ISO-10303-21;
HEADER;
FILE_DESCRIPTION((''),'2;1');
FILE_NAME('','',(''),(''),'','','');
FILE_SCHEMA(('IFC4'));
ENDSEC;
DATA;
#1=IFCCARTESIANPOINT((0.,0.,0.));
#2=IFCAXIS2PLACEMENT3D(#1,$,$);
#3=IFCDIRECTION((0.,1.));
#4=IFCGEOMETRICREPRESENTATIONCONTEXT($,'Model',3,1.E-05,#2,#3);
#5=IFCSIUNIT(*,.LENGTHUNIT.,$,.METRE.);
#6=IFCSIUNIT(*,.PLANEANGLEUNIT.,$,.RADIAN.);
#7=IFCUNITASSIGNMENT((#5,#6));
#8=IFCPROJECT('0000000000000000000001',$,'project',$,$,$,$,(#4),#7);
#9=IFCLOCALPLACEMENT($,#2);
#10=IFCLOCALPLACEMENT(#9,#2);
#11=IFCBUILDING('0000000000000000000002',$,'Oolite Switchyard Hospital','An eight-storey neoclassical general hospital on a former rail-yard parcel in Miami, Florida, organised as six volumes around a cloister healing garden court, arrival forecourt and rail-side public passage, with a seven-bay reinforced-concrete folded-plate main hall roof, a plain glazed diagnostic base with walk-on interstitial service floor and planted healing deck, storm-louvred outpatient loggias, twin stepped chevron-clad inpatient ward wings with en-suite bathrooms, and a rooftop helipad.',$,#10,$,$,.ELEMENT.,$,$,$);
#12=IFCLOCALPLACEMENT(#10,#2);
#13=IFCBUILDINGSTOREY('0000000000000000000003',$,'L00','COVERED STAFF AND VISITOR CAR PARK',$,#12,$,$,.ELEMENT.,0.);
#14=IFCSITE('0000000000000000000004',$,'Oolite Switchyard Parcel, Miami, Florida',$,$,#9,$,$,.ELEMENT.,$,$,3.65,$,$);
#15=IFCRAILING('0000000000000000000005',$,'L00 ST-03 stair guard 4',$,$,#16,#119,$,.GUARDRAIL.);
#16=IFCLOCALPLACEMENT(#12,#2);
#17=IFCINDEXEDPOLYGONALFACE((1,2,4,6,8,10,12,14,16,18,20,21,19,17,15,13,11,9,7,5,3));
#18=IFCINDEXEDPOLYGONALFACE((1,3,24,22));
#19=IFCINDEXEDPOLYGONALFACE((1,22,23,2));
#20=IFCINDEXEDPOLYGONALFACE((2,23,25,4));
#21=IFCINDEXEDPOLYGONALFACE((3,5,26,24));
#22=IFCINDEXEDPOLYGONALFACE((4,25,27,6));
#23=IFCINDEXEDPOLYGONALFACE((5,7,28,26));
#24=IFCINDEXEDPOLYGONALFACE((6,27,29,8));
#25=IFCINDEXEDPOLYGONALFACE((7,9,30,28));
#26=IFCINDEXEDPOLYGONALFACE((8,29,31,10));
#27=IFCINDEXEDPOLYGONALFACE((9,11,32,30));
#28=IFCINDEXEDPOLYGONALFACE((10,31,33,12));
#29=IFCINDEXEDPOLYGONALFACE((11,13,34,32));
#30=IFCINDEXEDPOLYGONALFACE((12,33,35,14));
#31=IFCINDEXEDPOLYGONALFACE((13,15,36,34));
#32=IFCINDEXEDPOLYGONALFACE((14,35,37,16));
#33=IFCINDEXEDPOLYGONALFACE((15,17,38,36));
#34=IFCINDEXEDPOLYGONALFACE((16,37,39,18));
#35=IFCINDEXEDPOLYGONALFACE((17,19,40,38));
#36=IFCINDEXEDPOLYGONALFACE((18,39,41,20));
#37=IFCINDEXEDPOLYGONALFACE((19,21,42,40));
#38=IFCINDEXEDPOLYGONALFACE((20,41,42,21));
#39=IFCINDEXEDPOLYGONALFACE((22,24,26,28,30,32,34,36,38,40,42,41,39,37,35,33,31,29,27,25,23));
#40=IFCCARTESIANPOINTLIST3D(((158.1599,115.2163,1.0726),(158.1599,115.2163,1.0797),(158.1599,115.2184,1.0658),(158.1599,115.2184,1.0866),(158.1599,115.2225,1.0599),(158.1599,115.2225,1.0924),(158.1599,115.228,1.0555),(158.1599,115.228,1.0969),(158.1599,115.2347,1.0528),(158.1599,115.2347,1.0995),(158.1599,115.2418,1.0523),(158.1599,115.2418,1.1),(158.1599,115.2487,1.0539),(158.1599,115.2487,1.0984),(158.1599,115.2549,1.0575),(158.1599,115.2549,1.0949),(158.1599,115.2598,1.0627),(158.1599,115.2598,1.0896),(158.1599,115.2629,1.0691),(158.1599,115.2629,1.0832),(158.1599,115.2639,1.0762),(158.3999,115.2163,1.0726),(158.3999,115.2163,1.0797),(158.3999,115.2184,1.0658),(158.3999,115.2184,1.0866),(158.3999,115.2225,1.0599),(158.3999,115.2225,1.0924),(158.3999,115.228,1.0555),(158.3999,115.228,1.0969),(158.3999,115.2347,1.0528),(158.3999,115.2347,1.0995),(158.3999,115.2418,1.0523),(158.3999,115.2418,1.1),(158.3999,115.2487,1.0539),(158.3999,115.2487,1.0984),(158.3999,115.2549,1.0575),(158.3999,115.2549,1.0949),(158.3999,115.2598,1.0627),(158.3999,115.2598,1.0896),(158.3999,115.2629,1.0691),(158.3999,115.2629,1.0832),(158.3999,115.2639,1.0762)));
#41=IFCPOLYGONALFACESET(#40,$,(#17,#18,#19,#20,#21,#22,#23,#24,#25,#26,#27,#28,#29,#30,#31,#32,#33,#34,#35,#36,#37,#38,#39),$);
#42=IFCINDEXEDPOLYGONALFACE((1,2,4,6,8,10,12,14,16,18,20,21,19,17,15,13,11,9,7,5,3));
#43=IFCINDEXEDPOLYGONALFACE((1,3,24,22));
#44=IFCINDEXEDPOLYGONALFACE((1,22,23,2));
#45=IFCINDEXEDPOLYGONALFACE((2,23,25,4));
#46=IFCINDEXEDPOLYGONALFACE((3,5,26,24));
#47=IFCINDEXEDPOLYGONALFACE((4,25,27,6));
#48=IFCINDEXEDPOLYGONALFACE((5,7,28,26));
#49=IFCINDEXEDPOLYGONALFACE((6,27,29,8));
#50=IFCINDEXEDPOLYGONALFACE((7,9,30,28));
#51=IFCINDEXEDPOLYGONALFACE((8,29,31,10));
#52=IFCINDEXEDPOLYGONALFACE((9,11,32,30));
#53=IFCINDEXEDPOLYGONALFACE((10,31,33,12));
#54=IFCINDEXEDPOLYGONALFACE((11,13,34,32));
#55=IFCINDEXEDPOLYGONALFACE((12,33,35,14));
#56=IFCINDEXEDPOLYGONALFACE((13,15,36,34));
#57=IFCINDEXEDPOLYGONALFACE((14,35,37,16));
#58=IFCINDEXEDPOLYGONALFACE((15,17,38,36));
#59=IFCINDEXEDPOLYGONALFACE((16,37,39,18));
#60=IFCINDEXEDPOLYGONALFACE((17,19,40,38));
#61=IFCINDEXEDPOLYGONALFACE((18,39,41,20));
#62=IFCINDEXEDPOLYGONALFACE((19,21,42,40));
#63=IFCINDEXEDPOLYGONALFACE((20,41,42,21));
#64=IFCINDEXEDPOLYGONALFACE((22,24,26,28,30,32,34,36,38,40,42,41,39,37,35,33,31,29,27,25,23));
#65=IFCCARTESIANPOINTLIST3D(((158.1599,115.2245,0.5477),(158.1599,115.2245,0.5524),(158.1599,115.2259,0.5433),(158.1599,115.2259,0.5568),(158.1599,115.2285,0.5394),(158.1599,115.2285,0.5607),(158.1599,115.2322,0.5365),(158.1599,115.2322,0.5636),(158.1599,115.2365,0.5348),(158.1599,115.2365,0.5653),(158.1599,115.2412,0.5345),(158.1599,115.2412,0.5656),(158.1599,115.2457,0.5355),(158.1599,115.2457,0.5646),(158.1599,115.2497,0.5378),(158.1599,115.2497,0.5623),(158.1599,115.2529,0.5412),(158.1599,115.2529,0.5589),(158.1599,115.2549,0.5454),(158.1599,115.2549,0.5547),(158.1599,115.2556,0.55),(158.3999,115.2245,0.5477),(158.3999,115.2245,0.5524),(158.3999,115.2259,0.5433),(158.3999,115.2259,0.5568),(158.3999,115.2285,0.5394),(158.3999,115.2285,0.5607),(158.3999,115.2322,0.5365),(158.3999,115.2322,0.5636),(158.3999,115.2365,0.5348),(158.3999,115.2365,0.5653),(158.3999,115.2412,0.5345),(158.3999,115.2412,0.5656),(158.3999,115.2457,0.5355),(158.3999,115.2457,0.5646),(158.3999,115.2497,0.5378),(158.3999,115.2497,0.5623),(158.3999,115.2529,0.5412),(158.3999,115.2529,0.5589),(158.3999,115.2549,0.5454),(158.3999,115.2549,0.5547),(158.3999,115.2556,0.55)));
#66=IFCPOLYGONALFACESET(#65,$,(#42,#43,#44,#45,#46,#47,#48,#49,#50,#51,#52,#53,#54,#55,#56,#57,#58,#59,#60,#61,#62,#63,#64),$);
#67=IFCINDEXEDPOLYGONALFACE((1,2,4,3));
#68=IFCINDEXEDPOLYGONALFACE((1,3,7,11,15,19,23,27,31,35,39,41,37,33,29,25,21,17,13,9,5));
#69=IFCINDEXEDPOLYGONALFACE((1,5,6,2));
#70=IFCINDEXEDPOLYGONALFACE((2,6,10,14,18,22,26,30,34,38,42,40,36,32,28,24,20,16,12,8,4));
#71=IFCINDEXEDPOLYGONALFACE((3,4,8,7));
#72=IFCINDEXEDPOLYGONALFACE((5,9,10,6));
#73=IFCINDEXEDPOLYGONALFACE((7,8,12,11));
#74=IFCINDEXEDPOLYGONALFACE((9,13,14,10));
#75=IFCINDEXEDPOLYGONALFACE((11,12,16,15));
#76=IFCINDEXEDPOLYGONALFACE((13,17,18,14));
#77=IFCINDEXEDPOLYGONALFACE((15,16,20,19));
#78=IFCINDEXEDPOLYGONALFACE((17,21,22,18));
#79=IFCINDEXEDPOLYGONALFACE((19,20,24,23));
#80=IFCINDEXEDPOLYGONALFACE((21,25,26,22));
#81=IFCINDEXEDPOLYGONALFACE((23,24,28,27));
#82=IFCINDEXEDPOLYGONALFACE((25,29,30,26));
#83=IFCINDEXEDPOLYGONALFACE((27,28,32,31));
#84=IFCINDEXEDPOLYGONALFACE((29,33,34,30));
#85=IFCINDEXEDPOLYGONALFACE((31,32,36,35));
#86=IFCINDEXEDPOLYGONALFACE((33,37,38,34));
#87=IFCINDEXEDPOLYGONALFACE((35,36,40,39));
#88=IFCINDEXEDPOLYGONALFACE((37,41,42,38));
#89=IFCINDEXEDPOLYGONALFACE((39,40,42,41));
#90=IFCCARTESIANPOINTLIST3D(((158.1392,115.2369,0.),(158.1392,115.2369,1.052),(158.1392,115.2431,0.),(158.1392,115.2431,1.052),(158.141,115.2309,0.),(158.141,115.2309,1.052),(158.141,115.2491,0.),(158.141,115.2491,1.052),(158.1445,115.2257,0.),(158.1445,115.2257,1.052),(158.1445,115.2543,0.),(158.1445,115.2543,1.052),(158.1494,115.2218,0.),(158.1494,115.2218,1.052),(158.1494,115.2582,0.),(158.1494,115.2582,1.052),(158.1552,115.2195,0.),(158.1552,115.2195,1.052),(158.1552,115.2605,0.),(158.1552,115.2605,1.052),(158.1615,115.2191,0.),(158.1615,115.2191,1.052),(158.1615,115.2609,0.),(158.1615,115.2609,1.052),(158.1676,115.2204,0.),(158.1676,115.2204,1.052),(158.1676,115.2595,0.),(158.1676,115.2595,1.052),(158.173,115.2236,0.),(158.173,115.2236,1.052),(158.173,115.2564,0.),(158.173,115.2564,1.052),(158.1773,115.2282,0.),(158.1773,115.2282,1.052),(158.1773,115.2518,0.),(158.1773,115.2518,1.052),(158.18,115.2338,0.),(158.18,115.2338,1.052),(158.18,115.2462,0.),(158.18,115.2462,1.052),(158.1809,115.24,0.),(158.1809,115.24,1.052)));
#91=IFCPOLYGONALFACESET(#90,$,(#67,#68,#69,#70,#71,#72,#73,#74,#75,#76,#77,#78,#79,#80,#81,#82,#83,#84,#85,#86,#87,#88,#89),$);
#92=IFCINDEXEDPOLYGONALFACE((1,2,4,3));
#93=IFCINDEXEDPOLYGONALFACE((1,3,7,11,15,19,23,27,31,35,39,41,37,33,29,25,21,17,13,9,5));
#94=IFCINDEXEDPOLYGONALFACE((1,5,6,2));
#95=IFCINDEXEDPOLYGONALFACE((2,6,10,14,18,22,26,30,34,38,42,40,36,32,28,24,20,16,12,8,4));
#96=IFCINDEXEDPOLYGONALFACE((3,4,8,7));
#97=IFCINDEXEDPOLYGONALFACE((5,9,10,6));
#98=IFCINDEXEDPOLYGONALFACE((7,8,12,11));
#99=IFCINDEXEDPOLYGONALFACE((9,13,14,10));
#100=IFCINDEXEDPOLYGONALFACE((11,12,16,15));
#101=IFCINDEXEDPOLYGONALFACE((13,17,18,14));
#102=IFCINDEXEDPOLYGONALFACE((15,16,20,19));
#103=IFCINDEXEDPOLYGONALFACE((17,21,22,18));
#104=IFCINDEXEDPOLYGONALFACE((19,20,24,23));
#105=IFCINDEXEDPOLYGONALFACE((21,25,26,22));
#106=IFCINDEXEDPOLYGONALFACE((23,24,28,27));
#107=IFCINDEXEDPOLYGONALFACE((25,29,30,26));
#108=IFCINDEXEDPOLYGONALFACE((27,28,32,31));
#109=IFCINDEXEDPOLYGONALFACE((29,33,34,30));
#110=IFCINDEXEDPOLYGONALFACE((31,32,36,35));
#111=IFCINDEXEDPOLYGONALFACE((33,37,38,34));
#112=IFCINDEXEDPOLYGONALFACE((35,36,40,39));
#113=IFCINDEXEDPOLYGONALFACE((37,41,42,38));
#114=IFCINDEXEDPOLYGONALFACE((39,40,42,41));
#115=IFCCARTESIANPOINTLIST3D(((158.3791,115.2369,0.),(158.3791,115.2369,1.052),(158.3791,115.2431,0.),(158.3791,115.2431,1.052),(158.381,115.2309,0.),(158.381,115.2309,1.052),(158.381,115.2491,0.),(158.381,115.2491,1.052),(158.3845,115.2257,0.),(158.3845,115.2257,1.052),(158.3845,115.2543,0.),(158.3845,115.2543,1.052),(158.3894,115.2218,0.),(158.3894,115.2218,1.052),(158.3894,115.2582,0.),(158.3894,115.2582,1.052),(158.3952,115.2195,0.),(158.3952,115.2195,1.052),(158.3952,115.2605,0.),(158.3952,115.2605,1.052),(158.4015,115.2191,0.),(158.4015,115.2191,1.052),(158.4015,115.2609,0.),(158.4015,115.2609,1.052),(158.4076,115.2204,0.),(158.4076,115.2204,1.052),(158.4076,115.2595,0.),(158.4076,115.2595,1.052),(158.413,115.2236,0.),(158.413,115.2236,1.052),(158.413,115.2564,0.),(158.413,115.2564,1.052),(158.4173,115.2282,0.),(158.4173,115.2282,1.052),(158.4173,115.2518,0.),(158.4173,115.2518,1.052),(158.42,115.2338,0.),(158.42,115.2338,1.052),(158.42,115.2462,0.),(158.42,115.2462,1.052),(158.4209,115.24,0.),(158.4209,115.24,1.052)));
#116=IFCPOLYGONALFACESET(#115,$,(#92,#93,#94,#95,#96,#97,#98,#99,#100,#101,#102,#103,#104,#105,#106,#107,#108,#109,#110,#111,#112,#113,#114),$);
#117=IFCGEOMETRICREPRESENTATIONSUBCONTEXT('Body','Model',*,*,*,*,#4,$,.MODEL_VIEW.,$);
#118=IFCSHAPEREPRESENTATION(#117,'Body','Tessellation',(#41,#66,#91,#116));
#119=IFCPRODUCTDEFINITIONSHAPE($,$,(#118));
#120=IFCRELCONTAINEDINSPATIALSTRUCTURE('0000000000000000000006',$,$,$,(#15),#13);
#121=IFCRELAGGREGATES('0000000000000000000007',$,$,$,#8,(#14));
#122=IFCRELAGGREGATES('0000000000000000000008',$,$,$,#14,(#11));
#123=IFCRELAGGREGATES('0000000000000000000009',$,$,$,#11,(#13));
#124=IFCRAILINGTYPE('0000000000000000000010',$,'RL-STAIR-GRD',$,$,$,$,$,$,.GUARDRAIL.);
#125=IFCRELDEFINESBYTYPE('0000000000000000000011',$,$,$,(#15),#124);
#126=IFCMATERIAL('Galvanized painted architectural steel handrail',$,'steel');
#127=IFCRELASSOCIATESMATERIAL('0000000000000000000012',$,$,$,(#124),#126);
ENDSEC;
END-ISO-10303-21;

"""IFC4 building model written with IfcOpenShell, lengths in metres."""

from ifc_helpers import new_model, si_unit, direction, frame, origin, origin_2d, place, context, subcontext, project, spatial, circle, extrude, material, type_object, element, save


model = new_model("IFC4")

# Units and contexts
model_context = context("Model", 3, precision=1e-05, world=origin(), true_north=direction((0.0, 1.0)))
body_context = subcontext(model_context, "Body", "Model", "MODEL_VIEW")
ifc_project = project(units=[si_unit("LENGTHUNIT", "METRE"), si_unit("PLANEANGLEUNIT", "RADIAN")], contexts=[model_context])

# Site, building, storey
site_placement = place(None, origin())
site = spatial("IfcSite", under=ifc_project, at=site_placement, Name="Oolite Switchyard Parcel, Miami, Florida", CompositionType="ELEMENT", RefElevation=3.65)
building_placement = place(site_placement, origin())
building = spatial("IfcBuilding", under=site, at=building_placement, Name="Oolite Switchyard Hospital", Description="An eight-storey neoclassical general hospital on a former rail-yard parcel in Miami, Florida, organised as six volumes around a cloister healing garden court, arrival forecourt and rail-side public passage, with a seven-bay reinforced-concrete folded-plate main hall roof, a plain glazed diagnostic base with walk-on interstitial service floor and planted healing deck, storm-louvred outpatient loggias, twin stepped chevron-clad inpatient ward wings with en-suite bathrooms, and a rooftop helipad.", CompositionType="ELEMENT")
storey_placement = place(building_placement, origin())
storey = spatial("IfcBuildingStorey", under=building, at=storey_placement, Name="L00", Description="COVERED STAFF AND VISITOR CAR PARK", CompositionType="ELEMENT", Elevation=0.0)

# Railing
ifc_material_1 = material(Name="Galvanized painted architectural steel handrail", Category="steel")
railing_type_1 = type_object("IfcRailingType", Name="RL-STAIR-GRD", PredefinedType="GUARDRAIL", material=ifc_material_1)
railing_1_placement = place(storey_placement, frame((158.1599, 115.24, 0.0)))
element("IfcRailing", 1, at=railing_1_placement, inside=storey, type_object=railing_type_1, Name="L00 ST-03 stair guard 4", PredefinedType="GUARDRAIL", context=body_context, shape_type="SweptSolid", body=[
    extrude(circle(Radius=0.0239, at=origin_2d()), frame((0.0, 0.0, 1.0762), z_axis=(1.0, 0.0, 0.0), x_axis=(0.0, 1.0, 0.0)), (0.0, 0.0, 1.0), 0.24),
    extrude(circle(Radius=0.0156, at=origin_2d()), frame((0.0, 0.0, 0.55), z_axis=(1.0, 0.0, 0.0), x_axis=(0.0, 1.0, 0.0)), (0.0, 0.0, 1.0), 0.24),
    extrude(circle(Radius=0.021, at=origin_2d()), origin(), (0.0, 0.0, 1.0), 1.052),
    extrude(circle(Radius=0.021, at=origin_2d()), frame((0.24, 0.0, 0.0)), (0.0, 0.0, 1.0), 1.052),
])

save(model, "model.ifc")
